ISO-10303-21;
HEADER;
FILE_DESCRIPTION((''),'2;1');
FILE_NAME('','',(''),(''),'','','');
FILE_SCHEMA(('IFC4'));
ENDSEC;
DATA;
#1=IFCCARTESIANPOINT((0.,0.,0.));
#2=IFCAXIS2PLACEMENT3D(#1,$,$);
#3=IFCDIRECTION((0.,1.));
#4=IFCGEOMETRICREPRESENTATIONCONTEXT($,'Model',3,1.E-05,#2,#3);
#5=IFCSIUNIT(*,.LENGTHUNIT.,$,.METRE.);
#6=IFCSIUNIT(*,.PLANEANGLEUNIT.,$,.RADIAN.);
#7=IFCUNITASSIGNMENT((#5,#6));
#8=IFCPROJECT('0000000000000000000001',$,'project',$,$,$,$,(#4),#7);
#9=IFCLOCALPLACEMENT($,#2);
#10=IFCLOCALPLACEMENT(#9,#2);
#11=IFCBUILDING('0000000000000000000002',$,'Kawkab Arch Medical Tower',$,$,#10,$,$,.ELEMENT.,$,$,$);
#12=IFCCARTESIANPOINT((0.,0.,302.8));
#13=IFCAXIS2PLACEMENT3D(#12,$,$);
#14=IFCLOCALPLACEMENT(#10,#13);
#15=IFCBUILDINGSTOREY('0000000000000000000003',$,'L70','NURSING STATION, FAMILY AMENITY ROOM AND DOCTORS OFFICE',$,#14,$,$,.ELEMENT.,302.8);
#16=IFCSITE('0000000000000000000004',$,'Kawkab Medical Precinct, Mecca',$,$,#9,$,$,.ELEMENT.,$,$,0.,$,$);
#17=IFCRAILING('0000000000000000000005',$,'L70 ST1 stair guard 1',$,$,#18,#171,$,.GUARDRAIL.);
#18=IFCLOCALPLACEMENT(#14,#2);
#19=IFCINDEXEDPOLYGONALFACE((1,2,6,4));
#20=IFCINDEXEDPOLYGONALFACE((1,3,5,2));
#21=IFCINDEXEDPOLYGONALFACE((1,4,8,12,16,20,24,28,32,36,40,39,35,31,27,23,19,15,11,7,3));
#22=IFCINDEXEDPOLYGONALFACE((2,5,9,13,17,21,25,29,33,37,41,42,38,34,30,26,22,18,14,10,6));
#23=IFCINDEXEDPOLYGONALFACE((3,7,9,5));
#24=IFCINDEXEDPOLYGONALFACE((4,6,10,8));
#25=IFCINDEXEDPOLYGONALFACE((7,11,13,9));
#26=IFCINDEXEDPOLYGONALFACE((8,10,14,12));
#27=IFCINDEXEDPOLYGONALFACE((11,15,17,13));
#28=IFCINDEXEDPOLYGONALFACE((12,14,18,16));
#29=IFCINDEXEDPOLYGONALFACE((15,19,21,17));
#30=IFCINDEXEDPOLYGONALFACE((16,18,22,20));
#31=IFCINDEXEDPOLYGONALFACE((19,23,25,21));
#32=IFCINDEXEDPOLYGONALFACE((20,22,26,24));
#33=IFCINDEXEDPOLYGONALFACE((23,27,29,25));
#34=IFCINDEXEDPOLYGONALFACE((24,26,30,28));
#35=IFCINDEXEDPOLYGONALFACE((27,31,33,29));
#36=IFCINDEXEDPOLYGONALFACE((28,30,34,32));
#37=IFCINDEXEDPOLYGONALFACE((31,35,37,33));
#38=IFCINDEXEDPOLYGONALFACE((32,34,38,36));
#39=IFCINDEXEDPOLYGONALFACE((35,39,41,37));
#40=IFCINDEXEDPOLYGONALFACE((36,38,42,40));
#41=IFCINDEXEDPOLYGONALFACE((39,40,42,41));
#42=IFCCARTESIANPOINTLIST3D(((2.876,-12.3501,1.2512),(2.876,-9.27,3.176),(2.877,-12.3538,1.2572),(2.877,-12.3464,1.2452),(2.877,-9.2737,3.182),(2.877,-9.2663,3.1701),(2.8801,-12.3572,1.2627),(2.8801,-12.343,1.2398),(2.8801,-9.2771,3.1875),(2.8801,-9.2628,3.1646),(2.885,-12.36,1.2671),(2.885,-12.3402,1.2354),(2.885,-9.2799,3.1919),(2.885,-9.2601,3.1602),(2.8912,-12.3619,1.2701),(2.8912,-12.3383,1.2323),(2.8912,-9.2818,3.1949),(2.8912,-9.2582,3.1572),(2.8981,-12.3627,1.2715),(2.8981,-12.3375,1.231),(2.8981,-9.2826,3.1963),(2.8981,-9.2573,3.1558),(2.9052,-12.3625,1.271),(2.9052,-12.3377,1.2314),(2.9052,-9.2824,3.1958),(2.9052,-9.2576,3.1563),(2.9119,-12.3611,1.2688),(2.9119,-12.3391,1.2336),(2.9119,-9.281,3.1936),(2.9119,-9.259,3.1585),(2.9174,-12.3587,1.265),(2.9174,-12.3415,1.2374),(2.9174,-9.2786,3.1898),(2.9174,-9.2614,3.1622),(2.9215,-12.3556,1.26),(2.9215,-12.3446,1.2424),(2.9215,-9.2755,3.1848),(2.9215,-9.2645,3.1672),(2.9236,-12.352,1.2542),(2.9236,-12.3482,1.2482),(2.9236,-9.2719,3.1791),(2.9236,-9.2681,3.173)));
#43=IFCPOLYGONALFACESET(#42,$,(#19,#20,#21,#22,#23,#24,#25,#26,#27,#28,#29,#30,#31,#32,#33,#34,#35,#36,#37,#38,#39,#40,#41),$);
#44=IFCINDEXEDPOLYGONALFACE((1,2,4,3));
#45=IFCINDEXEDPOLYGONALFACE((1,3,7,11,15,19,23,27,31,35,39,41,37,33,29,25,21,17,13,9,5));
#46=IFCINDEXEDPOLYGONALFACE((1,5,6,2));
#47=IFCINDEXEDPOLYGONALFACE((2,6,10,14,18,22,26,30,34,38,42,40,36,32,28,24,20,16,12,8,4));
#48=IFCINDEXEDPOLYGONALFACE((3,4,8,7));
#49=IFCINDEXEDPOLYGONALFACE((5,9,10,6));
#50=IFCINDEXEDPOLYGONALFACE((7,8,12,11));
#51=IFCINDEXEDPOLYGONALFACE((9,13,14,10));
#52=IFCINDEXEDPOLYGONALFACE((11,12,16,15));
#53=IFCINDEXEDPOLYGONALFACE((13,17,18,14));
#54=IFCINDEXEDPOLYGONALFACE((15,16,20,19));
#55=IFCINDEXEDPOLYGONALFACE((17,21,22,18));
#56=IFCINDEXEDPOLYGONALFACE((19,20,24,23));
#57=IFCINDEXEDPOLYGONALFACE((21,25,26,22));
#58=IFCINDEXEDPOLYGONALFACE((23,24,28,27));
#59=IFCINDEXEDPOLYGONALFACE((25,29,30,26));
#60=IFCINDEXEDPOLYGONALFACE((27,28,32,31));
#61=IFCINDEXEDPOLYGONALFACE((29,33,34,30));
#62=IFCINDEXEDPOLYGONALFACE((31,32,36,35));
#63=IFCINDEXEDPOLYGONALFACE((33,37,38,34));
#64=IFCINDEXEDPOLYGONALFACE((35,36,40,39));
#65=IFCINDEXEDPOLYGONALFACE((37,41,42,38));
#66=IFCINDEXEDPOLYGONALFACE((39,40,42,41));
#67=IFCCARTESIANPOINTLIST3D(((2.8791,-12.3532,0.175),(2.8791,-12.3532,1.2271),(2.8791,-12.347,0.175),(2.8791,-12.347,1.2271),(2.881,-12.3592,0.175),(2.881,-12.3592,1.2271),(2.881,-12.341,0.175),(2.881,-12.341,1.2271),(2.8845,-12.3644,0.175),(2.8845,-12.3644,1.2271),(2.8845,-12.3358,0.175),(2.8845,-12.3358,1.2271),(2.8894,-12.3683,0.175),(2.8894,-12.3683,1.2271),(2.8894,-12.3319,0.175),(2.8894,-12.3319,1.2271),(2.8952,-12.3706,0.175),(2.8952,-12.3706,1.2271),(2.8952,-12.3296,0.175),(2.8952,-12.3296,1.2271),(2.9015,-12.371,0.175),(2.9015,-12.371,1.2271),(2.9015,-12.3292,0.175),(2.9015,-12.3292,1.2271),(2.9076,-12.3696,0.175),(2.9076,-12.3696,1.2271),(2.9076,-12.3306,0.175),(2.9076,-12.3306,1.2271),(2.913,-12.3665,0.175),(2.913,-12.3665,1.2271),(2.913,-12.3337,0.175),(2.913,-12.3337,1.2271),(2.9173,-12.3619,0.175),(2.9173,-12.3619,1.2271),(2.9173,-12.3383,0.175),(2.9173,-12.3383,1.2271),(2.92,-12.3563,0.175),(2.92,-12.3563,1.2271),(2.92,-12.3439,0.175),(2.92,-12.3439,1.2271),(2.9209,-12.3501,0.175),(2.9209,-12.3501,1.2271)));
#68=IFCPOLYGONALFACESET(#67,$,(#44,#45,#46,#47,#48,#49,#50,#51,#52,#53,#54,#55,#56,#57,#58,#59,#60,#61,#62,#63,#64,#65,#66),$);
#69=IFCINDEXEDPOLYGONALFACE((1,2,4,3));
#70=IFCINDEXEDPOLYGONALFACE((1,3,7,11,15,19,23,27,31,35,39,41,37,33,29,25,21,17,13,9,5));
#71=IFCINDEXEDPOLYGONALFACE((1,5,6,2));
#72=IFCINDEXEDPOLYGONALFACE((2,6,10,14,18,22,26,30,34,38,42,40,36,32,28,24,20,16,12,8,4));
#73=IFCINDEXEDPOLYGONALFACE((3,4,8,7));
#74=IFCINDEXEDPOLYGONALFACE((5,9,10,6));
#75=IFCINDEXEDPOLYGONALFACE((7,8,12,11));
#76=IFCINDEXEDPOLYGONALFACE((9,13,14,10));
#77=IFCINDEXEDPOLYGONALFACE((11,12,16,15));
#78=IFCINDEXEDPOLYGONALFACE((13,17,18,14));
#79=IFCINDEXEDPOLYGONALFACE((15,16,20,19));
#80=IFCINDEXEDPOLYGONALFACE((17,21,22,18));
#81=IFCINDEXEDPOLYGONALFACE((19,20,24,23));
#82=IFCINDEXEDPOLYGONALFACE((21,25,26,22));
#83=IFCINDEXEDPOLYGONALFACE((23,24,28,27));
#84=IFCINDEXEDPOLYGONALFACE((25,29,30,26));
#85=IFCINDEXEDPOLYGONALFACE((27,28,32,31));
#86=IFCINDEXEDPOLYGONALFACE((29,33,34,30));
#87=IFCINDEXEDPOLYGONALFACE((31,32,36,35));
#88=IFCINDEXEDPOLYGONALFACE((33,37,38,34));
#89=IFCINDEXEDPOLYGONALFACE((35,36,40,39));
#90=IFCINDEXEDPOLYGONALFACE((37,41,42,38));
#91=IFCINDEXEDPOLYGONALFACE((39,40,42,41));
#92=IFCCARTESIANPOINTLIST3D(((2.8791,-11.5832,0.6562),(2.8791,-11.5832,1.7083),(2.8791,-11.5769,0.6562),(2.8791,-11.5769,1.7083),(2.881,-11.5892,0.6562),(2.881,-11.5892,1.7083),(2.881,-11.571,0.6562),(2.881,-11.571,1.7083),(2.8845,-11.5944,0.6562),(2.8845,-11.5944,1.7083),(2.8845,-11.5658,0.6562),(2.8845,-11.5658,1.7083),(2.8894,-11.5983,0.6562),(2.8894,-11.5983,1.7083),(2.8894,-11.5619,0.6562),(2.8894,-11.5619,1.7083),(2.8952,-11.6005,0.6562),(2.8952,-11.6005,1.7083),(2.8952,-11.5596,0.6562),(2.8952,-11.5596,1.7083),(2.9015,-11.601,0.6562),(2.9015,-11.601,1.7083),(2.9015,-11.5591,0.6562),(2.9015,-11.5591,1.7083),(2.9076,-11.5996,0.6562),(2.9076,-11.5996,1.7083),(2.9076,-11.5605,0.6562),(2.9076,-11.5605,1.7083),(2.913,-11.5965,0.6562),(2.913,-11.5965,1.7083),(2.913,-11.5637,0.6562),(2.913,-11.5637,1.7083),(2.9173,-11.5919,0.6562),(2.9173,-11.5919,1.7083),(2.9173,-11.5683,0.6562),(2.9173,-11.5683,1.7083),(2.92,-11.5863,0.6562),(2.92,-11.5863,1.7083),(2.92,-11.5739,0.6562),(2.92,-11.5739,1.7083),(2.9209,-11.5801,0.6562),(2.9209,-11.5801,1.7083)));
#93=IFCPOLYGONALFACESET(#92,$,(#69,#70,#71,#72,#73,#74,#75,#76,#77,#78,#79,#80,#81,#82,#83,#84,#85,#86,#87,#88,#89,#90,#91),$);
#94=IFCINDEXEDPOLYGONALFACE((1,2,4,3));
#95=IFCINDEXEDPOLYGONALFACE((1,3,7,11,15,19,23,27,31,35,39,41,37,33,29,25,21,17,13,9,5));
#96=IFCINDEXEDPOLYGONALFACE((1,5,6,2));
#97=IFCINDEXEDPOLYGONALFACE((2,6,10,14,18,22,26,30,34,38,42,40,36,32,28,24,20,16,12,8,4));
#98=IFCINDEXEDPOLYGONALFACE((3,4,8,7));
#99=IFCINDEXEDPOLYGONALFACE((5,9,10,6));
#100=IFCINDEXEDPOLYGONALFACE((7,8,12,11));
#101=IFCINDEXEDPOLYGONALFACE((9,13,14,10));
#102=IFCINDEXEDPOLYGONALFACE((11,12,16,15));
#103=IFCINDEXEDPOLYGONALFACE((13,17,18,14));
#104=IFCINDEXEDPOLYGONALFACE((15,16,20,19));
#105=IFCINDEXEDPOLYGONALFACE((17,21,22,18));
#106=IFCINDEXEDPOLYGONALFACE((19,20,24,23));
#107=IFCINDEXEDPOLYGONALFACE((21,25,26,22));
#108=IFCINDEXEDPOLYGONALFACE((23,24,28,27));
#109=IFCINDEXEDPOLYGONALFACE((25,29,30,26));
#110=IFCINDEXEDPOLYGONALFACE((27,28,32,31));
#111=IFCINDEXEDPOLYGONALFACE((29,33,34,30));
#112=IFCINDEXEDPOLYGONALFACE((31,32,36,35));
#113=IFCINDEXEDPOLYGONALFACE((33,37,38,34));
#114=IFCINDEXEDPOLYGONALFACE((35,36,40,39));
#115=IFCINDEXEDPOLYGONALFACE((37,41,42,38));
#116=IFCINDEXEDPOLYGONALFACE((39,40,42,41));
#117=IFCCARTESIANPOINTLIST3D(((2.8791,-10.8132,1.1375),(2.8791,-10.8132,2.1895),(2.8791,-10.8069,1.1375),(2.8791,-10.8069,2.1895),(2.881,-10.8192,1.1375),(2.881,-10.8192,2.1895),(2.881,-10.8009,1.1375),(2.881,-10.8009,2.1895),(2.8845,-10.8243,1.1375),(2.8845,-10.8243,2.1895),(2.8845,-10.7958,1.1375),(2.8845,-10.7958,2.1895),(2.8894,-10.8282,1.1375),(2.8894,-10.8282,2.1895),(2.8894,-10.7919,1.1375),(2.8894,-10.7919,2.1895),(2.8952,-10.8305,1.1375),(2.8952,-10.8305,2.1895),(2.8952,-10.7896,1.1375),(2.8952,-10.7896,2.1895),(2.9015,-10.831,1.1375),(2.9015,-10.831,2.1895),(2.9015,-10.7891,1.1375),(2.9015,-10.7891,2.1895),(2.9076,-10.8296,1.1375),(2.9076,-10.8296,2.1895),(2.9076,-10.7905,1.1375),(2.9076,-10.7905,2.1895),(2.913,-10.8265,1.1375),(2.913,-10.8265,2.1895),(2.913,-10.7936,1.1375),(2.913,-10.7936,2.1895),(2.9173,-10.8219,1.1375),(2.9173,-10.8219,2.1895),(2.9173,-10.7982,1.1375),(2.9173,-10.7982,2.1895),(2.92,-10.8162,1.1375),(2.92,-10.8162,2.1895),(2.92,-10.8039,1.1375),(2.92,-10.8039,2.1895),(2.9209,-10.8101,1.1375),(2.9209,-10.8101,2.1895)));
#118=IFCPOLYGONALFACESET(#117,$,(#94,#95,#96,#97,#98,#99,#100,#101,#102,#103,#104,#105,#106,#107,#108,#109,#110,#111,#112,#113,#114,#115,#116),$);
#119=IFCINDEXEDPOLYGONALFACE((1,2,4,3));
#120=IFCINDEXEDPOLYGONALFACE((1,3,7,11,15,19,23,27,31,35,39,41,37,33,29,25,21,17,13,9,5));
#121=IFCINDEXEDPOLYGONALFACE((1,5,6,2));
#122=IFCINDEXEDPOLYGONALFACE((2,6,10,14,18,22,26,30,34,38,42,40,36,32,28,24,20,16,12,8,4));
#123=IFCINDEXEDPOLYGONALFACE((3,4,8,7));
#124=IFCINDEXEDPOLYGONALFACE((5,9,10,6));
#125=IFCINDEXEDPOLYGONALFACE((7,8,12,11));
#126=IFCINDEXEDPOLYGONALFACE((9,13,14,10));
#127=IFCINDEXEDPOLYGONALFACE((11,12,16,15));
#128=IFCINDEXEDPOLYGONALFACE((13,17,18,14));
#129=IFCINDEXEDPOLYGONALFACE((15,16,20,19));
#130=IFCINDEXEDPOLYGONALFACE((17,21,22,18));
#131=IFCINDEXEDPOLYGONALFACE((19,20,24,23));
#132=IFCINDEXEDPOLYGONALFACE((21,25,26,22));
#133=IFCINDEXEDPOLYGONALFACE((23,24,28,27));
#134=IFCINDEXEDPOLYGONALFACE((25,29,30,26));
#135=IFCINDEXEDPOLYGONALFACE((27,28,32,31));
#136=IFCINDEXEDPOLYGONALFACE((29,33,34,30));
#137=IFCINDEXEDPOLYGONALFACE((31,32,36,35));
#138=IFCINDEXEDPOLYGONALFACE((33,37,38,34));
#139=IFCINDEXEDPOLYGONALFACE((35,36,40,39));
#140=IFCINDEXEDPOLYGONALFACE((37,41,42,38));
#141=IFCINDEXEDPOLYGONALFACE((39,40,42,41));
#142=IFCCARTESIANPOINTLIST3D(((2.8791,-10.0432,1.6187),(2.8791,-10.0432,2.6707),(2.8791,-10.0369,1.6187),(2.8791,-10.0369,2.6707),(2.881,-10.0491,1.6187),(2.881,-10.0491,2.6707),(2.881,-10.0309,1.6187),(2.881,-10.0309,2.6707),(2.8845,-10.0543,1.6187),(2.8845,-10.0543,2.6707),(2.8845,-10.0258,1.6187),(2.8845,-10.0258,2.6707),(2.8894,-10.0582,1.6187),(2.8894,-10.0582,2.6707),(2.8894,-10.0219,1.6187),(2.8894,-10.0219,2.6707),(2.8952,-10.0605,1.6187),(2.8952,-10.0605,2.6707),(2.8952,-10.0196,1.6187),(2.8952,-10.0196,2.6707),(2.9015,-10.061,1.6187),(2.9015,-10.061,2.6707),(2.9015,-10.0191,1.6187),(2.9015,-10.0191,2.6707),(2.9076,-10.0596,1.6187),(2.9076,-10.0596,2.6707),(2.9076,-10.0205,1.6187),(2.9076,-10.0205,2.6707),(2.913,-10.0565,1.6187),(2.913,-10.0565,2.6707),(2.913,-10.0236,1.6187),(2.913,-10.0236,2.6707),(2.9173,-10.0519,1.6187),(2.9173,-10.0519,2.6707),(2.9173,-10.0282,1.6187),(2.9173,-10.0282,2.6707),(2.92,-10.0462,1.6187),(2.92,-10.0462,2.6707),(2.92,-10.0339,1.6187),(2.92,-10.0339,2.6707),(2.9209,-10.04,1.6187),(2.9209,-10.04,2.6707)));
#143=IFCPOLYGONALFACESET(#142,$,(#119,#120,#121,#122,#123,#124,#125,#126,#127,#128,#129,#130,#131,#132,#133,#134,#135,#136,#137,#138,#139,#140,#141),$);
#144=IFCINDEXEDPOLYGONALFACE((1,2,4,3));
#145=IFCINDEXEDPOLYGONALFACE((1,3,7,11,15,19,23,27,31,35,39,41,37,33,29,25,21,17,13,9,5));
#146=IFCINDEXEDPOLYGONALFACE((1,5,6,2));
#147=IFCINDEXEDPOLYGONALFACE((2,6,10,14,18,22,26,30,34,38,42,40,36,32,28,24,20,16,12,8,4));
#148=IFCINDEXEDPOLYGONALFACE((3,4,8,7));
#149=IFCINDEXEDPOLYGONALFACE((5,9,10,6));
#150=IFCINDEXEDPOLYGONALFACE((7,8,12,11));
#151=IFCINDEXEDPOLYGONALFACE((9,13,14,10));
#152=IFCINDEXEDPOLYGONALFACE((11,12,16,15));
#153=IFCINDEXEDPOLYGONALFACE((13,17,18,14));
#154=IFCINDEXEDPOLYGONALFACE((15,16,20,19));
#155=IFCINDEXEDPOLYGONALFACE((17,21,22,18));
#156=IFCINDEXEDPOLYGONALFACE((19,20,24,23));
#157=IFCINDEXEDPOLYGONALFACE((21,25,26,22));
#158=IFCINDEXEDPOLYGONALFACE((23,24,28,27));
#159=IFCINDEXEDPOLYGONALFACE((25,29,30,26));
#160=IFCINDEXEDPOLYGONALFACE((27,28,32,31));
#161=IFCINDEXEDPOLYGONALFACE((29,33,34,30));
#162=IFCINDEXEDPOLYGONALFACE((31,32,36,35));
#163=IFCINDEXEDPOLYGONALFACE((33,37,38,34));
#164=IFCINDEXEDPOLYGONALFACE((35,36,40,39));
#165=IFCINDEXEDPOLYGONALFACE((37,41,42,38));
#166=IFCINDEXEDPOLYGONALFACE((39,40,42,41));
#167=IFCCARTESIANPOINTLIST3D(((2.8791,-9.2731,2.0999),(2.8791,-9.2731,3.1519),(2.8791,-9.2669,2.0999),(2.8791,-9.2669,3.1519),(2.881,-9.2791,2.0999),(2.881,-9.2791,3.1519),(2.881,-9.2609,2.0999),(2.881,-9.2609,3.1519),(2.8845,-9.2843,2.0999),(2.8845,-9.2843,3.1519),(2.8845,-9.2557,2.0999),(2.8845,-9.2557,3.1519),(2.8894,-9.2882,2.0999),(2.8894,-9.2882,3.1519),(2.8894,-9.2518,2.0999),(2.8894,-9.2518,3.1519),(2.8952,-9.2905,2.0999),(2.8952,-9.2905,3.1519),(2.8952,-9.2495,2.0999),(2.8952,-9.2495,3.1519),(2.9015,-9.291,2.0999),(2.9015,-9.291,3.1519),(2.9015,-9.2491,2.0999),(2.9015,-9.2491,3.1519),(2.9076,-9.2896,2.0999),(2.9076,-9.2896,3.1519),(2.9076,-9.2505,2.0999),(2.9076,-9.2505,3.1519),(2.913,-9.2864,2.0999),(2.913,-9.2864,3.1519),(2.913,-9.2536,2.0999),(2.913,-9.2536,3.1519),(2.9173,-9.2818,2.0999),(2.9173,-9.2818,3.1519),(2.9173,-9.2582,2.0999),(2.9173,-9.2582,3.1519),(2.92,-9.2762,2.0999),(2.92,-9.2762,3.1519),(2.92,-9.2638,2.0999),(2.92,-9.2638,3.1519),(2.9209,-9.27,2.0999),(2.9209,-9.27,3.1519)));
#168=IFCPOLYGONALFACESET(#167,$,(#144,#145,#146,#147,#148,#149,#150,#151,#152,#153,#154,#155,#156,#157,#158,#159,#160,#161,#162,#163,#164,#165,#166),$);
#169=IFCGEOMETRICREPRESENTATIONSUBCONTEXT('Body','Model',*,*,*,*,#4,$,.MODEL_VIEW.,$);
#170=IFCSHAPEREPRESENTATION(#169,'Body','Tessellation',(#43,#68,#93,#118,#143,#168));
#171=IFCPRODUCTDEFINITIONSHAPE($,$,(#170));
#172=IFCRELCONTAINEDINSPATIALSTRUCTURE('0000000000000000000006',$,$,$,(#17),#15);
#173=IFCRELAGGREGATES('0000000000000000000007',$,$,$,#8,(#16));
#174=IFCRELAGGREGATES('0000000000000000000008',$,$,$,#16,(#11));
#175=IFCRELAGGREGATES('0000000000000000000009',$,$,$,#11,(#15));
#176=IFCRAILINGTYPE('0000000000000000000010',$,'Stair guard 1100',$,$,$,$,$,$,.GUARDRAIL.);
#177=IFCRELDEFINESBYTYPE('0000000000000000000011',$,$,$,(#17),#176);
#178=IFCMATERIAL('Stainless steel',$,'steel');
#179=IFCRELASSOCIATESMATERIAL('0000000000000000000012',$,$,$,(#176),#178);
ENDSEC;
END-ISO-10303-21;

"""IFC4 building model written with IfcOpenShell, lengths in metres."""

from ifc_helpers import new_model, si_unit, direction, frame, origin, origin_2d, place, context, subcontext, project, spatial, circle, extrude, material, type_object, element, save


model = new_model("IFC4")

# Units and contexts
model_context = context("Model", 3, precision=1e-05, world=origin(), true_north=direction((0.0, 1.0)))
body_context = subcontext(model_context, "Body", "Model", "MODEL_VIEW")
ifc_project = project(units=[si_unit("LENGTHUNIT", "METRE"), si_unit("PLANEANGLEUNIT", "RADIAN")], contexts=[model_context])

# Site, building, storey
site_placement = place(None, origin())
site = spatial("IfcSite", under=ifc_project, at=site_placement, Name="Kawkab Medical Precinct, Mecca", CompositionType="ELEMENT", RefElevation=0.0)
building_placement = place(site_placement, origin())
building = spatial("IfcBuilding", under=site, at=building_placement, Name="Kawkab Arch Medical Tower", CompositionType="ELEMENT")
storey_placement = place(building_placement, frame((0.0, 0.0, 302.8)))
storey = spatial("IfcBuildingStorey", under=building, at=storey_placement, Name="L70", Description="NURSING STATION, FAMILY AMENITY ROOM AND DOCTORS OFFICE", CompositionType="ELEMENT", Elevation=302.8)

# Railing
ifc_material_1 = material(Name="Stainless steel", Category="steel")
railing_type = type_object("IfcRailingType", Name="Stair guard 1100", PredefinedType="GUARDRAIL", material=ifc_material_1)
railing_1_placement = place(storey_placement, frame((2.8999, -12.3501, 0.175)))
element("IfcRailing", 1, at=railing_1_placement, inside=storey, type_object=railing_type, Name="L70 ST1 stair guard 1", PredefinedType="GUARDRAIL", context=body_context, shape_type="SweptSolid", body=[
    extrude(circle(Radius=0.0239, at=origin_2d()), frame((0.0, 0.0, 1.0762), z_axis=(0.0, 0.848029, 0.529951), x_axis=(-1.0, 0.0, 0.0)), (0.0, 0.0, 1.0), 3.6321),
    extrude(circle(Radius=0.021, at=origin_2d()), origin(), (0.0, 0.0, 1.0), 1.052),
    extrude(circle(Radius=0.021, at=origin_2d()), frame((0.0, 0.77, 0.4812)), (0.0, 0.0, 1.0), 1.052),
    extrude(circle(Radius=0.021, at=origin_2d()), frame((0.0, 1.54, 0.9624)), (0.0, 0.0, 1.0), 1.052),
    extrude(circle(Radius=0.021, at=origin_2d()), frame((0.0, 2.3101, 1.4436)), (0.0, 0.0, 1.0), 1.052),
    extrude(circle(Radius=0.021, at=origin_2d()), frame((0.0, 3.0801, 1.9248)), (0.0, 0.0, 1.0), 1.052),
])

save(model, "model.ifc")
